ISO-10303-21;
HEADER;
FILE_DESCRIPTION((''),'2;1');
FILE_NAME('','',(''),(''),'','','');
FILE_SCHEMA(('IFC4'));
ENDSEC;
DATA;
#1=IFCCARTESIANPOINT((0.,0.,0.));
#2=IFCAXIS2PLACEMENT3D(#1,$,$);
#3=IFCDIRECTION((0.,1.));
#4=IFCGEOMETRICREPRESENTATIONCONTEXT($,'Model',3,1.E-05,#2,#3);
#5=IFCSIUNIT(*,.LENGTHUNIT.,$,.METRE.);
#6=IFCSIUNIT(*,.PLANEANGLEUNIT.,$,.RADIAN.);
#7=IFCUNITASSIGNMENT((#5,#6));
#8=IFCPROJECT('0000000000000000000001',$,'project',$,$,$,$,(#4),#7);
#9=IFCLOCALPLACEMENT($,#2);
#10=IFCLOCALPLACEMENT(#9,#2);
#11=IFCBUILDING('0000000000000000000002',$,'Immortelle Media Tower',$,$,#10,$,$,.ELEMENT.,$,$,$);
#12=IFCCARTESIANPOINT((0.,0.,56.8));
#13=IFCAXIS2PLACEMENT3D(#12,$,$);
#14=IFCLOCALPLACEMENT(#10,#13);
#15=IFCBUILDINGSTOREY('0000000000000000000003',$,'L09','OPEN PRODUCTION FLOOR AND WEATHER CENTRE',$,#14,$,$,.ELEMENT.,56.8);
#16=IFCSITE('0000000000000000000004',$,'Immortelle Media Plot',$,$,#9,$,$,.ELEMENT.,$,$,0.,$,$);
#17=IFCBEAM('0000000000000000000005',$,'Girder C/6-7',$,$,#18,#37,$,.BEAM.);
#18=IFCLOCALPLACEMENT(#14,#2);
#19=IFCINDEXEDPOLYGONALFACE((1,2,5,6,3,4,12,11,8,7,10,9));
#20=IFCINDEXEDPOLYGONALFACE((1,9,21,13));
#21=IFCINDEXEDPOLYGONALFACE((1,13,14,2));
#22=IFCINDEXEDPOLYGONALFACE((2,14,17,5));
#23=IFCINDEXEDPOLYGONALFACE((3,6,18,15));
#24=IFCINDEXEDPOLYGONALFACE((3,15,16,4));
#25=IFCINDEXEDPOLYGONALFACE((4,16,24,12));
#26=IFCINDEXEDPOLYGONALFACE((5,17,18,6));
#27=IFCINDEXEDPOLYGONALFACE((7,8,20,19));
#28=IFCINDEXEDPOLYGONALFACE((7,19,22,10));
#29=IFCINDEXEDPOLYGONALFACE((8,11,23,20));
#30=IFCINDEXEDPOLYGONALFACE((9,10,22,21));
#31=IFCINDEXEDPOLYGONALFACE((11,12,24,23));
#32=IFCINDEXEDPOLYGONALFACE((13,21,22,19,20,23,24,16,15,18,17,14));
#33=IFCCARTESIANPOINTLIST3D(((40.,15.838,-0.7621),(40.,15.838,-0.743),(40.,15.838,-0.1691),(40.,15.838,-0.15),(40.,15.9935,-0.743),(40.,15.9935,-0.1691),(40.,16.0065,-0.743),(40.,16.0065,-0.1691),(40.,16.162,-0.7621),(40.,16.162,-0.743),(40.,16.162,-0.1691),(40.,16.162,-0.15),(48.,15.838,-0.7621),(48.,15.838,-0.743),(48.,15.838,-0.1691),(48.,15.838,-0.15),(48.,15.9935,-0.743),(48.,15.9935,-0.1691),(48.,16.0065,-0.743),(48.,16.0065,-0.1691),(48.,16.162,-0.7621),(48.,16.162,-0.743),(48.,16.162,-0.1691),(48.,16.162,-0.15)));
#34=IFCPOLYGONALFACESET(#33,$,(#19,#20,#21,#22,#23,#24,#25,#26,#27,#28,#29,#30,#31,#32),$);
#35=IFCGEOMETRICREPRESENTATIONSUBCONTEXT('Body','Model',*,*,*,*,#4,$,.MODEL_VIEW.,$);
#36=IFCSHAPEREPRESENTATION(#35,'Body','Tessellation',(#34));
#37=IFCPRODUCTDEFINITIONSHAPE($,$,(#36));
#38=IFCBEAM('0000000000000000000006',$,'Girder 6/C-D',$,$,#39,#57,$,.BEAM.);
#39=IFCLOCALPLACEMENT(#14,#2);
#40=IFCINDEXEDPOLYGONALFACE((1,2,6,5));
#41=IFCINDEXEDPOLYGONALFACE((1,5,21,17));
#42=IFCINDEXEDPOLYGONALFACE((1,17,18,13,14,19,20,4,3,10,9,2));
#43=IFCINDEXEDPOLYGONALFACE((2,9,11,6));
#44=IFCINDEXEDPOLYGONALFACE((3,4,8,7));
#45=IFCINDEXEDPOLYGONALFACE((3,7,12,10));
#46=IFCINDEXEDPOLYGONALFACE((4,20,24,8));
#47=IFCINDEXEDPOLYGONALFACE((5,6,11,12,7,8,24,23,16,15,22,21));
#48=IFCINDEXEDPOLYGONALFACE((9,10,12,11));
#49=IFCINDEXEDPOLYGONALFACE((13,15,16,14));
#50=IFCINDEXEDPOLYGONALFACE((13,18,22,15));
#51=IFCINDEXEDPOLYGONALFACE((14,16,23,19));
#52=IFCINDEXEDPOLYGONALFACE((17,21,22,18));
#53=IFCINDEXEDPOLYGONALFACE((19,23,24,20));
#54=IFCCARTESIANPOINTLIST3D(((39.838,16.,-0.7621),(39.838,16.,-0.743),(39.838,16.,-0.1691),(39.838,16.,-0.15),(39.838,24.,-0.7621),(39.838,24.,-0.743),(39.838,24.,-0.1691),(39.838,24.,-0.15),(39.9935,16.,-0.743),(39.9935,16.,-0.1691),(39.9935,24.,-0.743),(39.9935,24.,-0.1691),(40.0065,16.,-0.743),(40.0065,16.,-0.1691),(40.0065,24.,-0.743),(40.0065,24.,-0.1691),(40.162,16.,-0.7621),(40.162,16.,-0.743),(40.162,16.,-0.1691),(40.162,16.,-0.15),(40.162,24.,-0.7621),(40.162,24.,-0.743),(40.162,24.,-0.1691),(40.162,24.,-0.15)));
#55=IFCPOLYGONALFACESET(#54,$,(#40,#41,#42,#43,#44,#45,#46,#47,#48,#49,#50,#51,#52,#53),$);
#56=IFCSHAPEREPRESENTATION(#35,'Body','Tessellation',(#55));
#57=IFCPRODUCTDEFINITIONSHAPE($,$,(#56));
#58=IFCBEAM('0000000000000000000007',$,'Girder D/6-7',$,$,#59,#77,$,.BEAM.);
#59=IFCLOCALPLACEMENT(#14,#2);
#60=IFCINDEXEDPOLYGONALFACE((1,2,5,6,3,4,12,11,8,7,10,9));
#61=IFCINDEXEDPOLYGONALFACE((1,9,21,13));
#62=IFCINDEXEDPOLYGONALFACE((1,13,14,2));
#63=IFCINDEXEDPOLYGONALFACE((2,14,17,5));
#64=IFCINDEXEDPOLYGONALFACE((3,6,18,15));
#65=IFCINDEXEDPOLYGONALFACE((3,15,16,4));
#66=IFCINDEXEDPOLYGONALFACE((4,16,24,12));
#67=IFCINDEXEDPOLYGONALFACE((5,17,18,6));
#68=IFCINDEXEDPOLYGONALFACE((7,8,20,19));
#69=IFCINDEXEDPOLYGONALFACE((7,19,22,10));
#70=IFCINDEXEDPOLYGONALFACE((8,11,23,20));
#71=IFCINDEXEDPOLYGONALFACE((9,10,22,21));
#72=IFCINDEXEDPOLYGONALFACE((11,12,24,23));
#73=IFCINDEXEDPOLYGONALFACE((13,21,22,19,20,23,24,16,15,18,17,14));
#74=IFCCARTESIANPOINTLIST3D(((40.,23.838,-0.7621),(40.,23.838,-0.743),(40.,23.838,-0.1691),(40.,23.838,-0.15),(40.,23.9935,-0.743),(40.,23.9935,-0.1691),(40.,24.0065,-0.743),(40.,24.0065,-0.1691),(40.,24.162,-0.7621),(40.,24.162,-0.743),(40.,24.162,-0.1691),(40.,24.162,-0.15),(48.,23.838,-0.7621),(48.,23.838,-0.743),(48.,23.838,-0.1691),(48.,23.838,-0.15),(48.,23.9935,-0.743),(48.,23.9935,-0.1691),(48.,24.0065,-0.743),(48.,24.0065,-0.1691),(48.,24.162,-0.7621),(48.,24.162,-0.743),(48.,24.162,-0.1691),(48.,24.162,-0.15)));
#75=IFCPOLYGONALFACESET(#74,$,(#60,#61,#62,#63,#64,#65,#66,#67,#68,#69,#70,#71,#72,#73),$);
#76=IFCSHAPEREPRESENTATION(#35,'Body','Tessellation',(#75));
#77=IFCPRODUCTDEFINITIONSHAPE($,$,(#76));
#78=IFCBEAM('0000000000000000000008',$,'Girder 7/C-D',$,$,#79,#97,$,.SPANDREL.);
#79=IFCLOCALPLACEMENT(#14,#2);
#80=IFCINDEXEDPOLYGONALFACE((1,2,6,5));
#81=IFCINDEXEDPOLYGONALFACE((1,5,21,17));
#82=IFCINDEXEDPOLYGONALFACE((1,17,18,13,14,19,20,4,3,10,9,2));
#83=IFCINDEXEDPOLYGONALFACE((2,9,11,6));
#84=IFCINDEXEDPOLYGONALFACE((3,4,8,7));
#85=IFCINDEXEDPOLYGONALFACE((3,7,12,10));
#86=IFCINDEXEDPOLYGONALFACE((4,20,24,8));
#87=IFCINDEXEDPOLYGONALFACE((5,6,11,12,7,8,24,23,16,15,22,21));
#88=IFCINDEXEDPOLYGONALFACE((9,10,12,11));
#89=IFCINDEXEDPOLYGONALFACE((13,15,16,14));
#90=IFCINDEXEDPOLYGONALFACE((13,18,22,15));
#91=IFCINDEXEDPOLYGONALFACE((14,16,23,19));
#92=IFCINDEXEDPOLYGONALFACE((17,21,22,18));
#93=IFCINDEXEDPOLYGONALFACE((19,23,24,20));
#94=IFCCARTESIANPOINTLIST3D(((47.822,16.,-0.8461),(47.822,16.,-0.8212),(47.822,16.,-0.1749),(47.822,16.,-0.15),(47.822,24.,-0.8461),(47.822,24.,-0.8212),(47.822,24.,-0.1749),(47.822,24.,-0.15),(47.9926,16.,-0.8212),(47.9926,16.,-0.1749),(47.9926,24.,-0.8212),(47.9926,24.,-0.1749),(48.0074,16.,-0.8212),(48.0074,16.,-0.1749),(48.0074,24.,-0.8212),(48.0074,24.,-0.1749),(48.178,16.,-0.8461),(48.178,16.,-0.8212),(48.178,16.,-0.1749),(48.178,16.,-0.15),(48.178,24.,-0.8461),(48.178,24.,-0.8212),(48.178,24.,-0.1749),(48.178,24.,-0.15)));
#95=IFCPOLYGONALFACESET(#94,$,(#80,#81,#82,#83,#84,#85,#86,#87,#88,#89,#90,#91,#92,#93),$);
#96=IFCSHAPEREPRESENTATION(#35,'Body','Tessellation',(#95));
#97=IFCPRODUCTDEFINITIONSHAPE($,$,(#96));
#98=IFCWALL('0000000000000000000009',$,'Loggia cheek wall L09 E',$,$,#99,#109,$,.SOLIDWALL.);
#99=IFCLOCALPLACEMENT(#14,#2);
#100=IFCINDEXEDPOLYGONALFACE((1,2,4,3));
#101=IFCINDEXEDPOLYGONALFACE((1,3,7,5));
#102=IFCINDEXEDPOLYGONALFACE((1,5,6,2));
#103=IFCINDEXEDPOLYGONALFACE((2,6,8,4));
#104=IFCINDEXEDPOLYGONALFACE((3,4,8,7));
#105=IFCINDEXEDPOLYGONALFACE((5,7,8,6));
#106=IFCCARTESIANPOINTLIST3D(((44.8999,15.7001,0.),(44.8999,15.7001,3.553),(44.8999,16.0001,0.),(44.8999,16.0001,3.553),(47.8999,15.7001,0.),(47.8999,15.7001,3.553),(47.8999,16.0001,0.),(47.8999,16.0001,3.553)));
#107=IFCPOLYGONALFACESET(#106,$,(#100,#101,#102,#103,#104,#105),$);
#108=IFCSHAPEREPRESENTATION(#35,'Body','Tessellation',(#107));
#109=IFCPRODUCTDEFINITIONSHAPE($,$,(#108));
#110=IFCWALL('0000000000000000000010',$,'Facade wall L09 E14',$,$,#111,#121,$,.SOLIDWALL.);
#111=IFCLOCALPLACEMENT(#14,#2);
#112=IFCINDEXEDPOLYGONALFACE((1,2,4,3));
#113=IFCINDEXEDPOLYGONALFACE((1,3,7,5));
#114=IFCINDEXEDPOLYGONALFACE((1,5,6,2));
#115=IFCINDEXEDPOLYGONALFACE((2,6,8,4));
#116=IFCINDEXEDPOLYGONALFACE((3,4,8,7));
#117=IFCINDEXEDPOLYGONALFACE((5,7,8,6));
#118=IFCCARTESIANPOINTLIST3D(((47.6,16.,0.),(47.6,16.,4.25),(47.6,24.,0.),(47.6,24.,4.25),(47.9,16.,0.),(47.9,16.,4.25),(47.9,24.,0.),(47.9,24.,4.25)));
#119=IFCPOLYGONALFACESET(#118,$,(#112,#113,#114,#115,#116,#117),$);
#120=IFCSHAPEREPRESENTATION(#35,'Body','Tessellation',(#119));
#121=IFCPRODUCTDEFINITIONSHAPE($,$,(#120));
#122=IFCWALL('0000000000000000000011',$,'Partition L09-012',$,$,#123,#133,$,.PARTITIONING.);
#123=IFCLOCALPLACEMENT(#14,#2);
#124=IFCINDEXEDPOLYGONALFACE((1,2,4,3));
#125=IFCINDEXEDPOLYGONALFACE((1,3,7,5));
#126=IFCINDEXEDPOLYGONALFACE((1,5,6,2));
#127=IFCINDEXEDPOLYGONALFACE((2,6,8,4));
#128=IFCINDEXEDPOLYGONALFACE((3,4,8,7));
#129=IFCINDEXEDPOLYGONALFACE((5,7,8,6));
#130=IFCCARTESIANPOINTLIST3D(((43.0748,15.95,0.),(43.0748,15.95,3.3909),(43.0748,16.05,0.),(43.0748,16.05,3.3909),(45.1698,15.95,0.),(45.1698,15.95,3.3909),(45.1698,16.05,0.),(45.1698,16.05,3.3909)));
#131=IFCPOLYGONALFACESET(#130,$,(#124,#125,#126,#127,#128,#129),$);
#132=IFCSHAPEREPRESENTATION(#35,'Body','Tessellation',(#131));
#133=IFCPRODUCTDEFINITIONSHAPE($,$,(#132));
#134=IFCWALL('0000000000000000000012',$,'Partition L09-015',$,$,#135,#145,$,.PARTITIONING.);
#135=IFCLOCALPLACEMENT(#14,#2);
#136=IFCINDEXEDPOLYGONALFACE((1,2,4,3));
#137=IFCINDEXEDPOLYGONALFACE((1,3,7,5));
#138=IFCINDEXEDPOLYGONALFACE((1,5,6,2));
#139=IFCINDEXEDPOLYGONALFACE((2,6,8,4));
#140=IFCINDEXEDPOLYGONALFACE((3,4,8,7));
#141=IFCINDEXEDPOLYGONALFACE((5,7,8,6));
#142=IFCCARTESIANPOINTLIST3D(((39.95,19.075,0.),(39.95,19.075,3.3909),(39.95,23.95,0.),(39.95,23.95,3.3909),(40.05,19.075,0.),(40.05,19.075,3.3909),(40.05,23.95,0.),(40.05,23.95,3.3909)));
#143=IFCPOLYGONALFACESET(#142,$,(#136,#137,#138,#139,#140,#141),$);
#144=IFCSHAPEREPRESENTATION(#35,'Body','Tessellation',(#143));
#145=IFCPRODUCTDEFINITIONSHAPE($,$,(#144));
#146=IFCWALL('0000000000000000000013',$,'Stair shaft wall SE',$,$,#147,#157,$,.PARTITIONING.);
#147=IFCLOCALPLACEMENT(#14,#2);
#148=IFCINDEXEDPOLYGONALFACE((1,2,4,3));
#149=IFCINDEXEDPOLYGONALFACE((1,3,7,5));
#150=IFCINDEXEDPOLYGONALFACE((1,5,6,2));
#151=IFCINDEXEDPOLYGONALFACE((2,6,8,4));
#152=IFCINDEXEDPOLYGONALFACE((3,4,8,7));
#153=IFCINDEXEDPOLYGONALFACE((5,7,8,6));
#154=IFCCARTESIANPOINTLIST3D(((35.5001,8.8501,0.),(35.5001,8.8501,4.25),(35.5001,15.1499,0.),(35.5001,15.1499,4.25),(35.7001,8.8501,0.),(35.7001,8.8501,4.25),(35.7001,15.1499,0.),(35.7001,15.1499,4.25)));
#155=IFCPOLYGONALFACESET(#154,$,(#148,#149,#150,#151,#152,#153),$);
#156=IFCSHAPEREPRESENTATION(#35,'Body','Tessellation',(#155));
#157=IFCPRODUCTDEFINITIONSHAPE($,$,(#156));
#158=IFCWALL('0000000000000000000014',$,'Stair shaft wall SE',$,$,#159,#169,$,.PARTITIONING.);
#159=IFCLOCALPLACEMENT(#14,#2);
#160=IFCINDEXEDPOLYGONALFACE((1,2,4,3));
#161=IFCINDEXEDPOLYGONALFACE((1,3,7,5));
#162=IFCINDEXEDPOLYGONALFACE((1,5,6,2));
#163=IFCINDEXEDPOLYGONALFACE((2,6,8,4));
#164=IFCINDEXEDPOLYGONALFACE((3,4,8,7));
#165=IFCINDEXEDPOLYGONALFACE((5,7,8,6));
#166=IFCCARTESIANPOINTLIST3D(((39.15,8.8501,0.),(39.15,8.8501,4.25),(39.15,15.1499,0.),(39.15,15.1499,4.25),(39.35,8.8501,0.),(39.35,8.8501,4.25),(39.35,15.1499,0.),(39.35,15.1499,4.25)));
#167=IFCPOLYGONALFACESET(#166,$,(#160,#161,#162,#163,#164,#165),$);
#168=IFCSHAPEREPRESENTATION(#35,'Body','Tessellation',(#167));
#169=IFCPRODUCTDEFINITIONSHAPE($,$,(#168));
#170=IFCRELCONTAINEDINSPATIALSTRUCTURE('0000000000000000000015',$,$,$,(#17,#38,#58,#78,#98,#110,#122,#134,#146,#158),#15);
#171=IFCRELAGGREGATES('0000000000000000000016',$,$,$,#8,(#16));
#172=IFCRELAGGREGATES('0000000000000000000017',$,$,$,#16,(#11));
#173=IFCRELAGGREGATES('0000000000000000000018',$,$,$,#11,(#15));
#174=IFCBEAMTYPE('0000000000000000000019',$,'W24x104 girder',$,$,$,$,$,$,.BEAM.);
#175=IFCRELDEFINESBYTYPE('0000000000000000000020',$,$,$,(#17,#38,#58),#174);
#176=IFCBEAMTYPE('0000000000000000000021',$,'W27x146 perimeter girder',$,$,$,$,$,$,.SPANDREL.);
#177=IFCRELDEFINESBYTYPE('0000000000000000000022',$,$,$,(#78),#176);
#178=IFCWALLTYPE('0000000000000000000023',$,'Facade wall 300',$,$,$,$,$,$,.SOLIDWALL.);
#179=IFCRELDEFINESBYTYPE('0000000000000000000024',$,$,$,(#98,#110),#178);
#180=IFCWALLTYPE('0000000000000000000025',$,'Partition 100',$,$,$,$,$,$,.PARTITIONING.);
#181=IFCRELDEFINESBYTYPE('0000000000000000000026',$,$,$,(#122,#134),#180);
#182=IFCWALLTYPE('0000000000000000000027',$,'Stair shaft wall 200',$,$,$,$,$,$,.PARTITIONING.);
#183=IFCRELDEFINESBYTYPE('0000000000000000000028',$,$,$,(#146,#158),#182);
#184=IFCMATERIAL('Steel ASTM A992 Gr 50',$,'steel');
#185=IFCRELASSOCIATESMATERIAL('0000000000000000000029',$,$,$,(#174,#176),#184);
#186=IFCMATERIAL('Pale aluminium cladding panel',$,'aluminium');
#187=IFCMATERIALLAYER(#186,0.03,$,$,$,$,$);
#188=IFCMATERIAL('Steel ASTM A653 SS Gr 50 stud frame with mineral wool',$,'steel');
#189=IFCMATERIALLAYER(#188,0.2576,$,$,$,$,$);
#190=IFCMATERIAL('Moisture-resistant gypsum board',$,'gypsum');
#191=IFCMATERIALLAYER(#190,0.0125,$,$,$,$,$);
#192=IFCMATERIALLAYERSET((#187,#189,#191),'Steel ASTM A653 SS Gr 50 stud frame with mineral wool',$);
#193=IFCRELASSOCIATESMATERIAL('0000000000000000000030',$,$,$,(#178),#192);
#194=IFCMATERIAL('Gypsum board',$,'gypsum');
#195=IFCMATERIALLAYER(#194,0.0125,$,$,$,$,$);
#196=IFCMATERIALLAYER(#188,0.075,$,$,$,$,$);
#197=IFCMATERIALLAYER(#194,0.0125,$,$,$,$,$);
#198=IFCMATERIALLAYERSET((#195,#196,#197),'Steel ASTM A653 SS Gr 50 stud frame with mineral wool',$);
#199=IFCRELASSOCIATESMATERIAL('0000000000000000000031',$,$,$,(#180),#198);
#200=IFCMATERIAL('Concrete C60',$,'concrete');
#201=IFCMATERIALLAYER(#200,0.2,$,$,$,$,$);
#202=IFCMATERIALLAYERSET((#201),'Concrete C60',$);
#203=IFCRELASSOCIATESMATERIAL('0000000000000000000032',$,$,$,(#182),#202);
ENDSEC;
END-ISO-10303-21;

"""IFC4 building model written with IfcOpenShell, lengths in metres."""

from ifc_helpers import new_model, si_unit, direction, frame, frame_2d, origin, origin_2d, place, context, subcontext, project, spatial, rectangle, i_section, extrude, material, layer, layer_set, material_profile, profile_set, type_object, element, save


model = new_model("IFC4")

# Units and contexts
model_context = context("Model", 3, precision=1e-05, world=origin(), true_north=direction((0.0, 1.0)))
body_context = subcontext(model_context, "Body", "Model", "MODEL_VIEW")
ifc_project = project(units=[si_unit("LENGTHUNIT", "METRE"), si_unit("PLANEANGLEUNIT", "RADIAN")], contexts=[model_context])

# Site, building, storey
site_placement = place(None, origin())
site = spatial("IfcSite", under=ifc_project, at=site_placement, Name="Immortelle Media Plot", CompositionType="ELEMENT", RefElevation=0.0)
building_placement = place(site_placement, origin())
building = spatial("IfcBuilding", under=site, at=building_placement, Name="Immortelle Media Tower", CompositionType="ELEMENT")
storey_placement = place(building_placement, frame((0.0, 0.0, 56.8)))
storey = spatial("IfcBuildingStorey", under=building, at=storey_placement, Name="L09", Description="OPEN PRODUCTION FLOOR AND WEATHER CENTRE", CompositionType="ELEMENT", Elevation=56.8)

# Shared definitions
ifc_material_1 = material(Name="Steel ASTM A992 Gr 50", Category="steel")

# Beams
ifc_material_profile_1 = material_profile(ifc_material_1, i_section(OverallWidth=0.324, OverallDepth=0.6121, WebThickness=0.0129, FlangeThickness=0.019, at=origin_2d()), Name="W24x104")
ifc_profile_set_1 = profile_set([ifc_material_profile_1], Name="Steel ASTM A992 Gr 50")
beam_type_1 = type_object("IfcBeamType", Name="W24x104 girder", PredefinedType="BEAM", material=ifc_profile_set_1)
for number, where, z_axis, x_axis, name in (
    (1, (40.0, 16.0, -0.4561), (1.0, 0.0, 0.0), (0.0, 1.0, 0.0), "Girder C/6-7"),
    (2, (40.0, 16.0, -0.4561), (0.0, 1.0, 0.0), (-1.0, 0.0, 0.0), "Girder 6/C-D"),
    (3, (40.0, 24.0, -0.4561), (1.0, 0.0, 0.0), (0.0, 1.0, 0.0), "Girder D/6-7"),
):
    element("IfcBeam", number, at=place(storey_placement, frame(where, z_axis=z_axis, x_axis=x_axis)), inside=storey, type_object=beam_type_1, Name=name, PredefinedType="BEAM", context=body_context, shape_type="SweptSolid", body=[
        extrude(i_section(OverallWidth=0.324, OverallDepth=0.6121, WebThickness=0.0129, FlangeThickness=0.019, at=origin_2d()), origin(), (0.0, 0.0, 1.0), 8.0),
    ])
ifc_material_profile_2 = material_profile(ifc_material_1, i_section(OverallWidth=0.356, OverallDepth=0.696, WebThickness=0.0149, FlangeThickness=0.0249, at=origin_2d()), Name="W27x146")
ifc_profile_set_2 = profile_set([ifc_material_profile_2], Name="Steel ASTM A992 Gr 50")
beam_type_2 = type_object("IfcBeamType", Name="W27x146 perimeter girder", PredefinedType="SPANDREL", material=ifc_profile_set_2)
beam_1_placement = place(storey_placement, frame((48.0, 16.0, -0.498), z_axis=(0.0, 1.0, 0.0), x_axis=(-1.0, 0.0, 0.0)))
element("IfcBeam", 4, at=beam_1_placement, inside=storey, type_object=beam_type_2, Name="Girder 7/C-D", PredefinedType="SPANDREL", context=body_context, shape_type="SweptSolid", body=[
    extrude(i_section(OverallWidth=0.356, OverallDepth=0.696, WebThickness=0.0149, FlangeThickness=0.0249, at=origin_2d()), origin(), (0.0, 0.0, 1.0), 8.0),
])

# Walls
ifc_material_2 = material(Name="Pale aluminium cladding panel", Category="aluminium")
ifc_layer_1 = layer(ifc_material_2, 0.03)
ifc_material_3 = material(Name="Steel ASTM A653 SS Gr 50 stud frame with mineral wool", Category="steel")
ifc_layer_2 = layer(ifc_material_3, 0.2576)
ifc_material_4 = material(Name="Moisture-resistant gypsum board", Category="gypsum")
ifc_layer_3 = layer(ifc_material_4, 0.0125)
ifc_layer_set_1 = layer_set([ifc_layer_1, ifc_layer_2, ifc_layer_3], Name="Steel ASTM A653 SS Gr 50 stud frame with mineral wool")
wall_type_1 = type_object("IfcWallType", Name="Facade wall 300", PredefinedType="SOLIDWALL", material=ifc_layer_set_1)
wall_1_placement = place(storey_placement, frame((47.8999, 15.8501, 0.0), z_axis=(0.0, 0.0, 1.0), x_axis=(-1.0, 0.0, 0.0)))
element("IfcWall", 5, at=wall_1_placement, inside=storey, type_object=wall_type_1, Name="Loggia cheek wall L09 E", PredefinedType="SOLIDWALL", context=body_context, shape_type="SweptSolid", body=[
    extrude(rectangle(XDim=3.0, YDim=0.3, at=frame_2d((1.5, 0.0))), origin(), (0.0, 0.0, 1.0), 3.553),
])
wall_2_placement = place(storey_placement, frame((47.75, 16.0, 0.0), z_axis=(0.0, 0.0, 1.0), x_axis=(0.0, 1.0, 0.0)))
element("IfcWall", 6, at=wall_2_placement, inside=storey, type_object=wall_type_1, Name="Facade wall L09 E14", PredefinedType="SOLIDWALL", context=body_context, shape_type="SweptSolid", body=[
    extrude(rectangle(XDim=8.0, YDim=0.3, at=frame_2d((4.0, 0.0))), origin(), (0.0, 0.0, 1.0), 4.25),
])
ifc_material_5 = material(Name="Gypsum board", Category="gypsum")
ifc_layer_4 = layer(ifc_material_5, 0.0125)
ifc_layer_5 = layer(ifc_material_3, 0.075)
ifc_layer_6 = layer(ifc_material_5, 0.0125)
ifc_layer_set_2 = layer_set([ifc_layer_4, ifc_layer_5, ifc_layer_6], Name="Steel ASTM A653 SS Gr 50 stud frame with mineral wool")
wall_type_2 = type_object("IfcWallType", Name="Partition 100", PredefinedType="PARTITIONING", material=ifc_layer_set_2)
wall_3_placement = place(storey_placement, frame((43.075, 16.0, 0.0), z_axis=(0.0, 0.0, 1.0), x_axis=(1.0, 0.0, 0.0)))
element("IfcWall", 7, at=wall_3_placement, inside=storey, type_object=wall_type_2, Name="Partition L09-012", PredefinedType="PARTITIONING", context=body_context, shape_type="SweptSolid", body=[
    extrude(rectangle(XDim=2.095, YDim=0.1001, at=frame_2d((1.0474, 0.0))), origin(), (0.0, 0.0, 1.0), 3.3909),
])
wall_4_placement = place(storey_placement, frame((40.0, 19.075, 0.0), z_axis=(0.0, 0.0, 1.0), x_axis=(0.0, 1.0, 0.0)))
element("IfcWall", 8, at=wall_4_placement, inside=storey, type_object=wall_type_2, Name="Partition L09-015", PredefinedType="PARTITIONING", context=body_context, shape_type="SweptSolid", body=[
    extrude(rectangle(XDim=4.875, YDim=0.1001, at=frame_2d((2.4375, 0.0))), origin(), (0.0, 0.0, 1.0), 3.3909),
])
ifc_material_6 = material(Name="Concrete C60", Category="concrete")
ifc_layer_7 = layer(ifc_material_6, 0.2)
ifc_layer_set_3 = layer_set([ifc_layer_7], Name="Concrete C60")
wall_type_3 = type_object("IfcWallType", Name="Stair shaft wall 200", PredefinedType="PARTITIONING", material=ifc_layer_set_3)
for number, where, z_axis, x_axis, name in (
    (9, (35.6001, 8.8501, 0.0), (0.0, 0.0, 1.0), (0.0, 1.0, 0.0), "Stair shaft wall SE"),
    (10, (39.25, 8.8501, 0.0), (0.0, 0.0, 1.0), (0.0, 1.0, 0.0), "Stair shaft wall SE"),
):
    element("IfcWall", number, at=place(storey_placement, frame(where, z_axis=z_axis, x_axis=x_axis)), inside=storey, type_object=wall_type_3, Name=name, PredefinedType="PARTITIONING", context=body_context, shape_type="SweptSolid", body=[
        extrude(rectangle(XDim=6.2998, YDim=0.2, at=frame_2d((3.1499, 0.0))), origin(), (0.0, 0.0, 1.0), 4.25),
    ])

save(model, "model.ifc")
